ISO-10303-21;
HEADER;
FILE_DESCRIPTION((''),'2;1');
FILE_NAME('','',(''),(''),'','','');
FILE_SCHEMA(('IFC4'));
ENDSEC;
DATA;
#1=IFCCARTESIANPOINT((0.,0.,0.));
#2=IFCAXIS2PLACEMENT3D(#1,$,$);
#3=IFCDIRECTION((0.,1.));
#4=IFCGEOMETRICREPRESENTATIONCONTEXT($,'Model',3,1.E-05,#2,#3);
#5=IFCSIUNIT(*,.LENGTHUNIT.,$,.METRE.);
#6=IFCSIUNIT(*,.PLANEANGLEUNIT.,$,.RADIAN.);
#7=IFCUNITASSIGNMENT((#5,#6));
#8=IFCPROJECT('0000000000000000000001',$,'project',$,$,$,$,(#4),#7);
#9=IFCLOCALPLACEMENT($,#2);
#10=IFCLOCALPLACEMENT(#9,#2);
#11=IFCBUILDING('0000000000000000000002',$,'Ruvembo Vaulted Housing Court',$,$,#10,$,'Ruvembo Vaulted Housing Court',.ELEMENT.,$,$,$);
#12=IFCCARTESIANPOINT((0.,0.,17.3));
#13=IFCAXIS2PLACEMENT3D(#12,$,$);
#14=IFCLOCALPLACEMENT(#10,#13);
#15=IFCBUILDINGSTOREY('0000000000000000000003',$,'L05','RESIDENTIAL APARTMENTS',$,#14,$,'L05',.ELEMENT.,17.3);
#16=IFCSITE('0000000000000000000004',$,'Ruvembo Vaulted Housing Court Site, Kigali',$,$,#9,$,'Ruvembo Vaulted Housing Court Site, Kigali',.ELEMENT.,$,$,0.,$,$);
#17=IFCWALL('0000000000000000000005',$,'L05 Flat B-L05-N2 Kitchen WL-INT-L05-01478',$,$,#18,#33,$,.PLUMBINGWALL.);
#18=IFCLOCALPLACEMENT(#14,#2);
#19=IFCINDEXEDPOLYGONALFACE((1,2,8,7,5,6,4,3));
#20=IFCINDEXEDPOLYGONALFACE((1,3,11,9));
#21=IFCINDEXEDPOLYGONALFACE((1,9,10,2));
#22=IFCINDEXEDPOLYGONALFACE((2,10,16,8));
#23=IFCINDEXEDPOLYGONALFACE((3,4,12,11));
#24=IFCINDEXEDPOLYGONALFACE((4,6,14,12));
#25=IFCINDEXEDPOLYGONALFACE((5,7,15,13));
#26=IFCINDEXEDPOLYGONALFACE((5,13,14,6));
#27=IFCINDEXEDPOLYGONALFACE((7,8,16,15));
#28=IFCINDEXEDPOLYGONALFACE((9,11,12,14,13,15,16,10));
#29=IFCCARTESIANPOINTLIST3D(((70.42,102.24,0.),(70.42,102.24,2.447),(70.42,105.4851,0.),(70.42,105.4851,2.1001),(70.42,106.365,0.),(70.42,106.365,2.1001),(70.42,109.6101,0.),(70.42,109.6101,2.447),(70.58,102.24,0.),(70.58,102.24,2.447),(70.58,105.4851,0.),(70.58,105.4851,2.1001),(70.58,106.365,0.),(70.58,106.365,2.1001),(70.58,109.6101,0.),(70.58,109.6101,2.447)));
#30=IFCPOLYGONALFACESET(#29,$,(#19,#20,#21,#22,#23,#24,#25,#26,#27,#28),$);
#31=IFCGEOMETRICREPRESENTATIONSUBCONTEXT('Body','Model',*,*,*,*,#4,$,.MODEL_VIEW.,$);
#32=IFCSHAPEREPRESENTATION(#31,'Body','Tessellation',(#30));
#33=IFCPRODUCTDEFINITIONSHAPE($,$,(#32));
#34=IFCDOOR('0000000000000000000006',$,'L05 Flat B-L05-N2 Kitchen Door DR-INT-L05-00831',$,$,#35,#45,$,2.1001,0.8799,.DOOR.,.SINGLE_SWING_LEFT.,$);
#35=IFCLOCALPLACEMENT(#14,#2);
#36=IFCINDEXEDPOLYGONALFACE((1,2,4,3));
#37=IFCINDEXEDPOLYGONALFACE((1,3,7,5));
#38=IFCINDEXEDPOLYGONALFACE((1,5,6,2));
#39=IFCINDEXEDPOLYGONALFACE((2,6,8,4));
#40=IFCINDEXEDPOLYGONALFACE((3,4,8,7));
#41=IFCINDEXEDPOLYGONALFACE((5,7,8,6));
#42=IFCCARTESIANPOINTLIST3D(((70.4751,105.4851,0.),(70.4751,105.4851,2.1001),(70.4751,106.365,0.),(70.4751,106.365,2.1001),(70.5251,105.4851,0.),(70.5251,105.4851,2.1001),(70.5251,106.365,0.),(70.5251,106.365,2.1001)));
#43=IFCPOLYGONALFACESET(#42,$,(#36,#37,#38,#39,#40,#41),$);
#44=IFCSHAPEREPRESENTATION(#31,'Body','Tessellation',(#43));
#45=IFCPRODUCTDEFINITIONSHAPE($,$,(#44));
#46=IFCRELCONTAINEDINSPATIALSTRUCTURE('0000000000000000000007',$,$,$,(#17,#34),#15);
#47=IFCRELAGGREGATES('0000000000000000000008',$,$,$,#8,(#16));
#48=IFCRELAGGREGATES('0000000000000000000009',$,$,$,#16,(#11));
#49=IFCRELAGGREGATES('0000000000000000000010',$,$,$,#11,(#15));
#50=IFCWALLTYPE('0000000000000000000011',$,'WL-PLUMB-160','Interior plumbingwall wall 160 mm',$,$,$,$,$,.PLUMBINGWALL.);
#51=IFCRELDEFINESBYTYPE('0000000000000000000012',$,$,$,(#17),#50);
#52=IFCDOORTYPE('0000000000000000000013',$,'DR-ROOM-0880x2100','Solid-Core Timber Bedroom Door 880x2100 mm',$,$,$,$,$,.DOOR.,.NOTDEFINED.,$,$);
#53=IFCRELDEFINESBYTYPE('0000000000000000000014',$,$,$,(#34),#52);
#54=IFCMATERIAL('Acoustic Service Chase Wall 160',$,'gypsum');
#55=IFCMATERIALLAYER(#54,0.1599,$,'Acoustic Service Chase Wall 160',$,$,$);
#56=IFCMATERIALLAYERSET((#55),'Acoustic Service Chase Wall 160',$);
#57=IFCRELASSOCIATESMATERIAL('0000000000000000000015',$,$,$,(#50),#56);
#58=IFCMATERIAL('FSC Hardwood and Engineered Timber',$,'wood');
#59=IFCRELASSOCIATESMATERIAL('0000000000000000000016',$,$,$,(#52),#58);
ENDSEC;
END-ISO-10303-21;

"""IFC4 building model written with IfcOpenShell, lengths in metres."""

from ifc_helpers import new_model, si_unit, direction, frame, frame_2d, origin, place, context, subcontext, project, spatial, rectangle, extrude, material, layer, layer_set, type_object, element, fill, save


model = new_model("IFC4")

# Units and contexts
model_context = context("Model", 3, precision=1e-05, world=origin(), true_north=direction((0.0, 1.0)))
body_context = subcontext(model_context, "Body", "Model", "MODEL_VIEW")
ifc_project = project(units=[si_unit("LENGTHUNIT", "METRE"), si_unit("PLANEANGLEUNIT", "RADIAN")], contexts=[model_context])

# Site, building, storey
site_placement = place(None, origin())
site = spatial("IfcSite", under=ifc_project, at=site_placement, Name="Ruvembo Vaulted Housing Court Site, Kigali", LongName="Ruvembo Vaulted Housing Court Site, Kigali", CompositionType="ELEMENT", RefElevation=0.0)
building_placement = place(site_placement, origin())
building = spatial("IfcBuilding", under=site, at=building_placement, Name="Ruvembo Vaulted Housing Court", LongName="Ruvembo Vaulted Housing Court", CompositionType="ELEMENT")
storey_placement = place(building_placement, frame((0.0, 0.0, 17.3)))
storey = spatial("IfcBuildingStorey", under=building, at=storey_placement, Name="L05", Description="RESIDENTIAL APARTMENTS", LongName="L05", CompositionType="ELEMENT", Elevation=17.3)

# Shared definitions
ifc_material_1 = material(Name="FSC Hardwood and Engineered Timber", Category="wood")

# Wall, opening, door
ifc_material_2 = material(Name="Acoustic Service Chase Wall 160", Category="gypsum")
ifc_layer_1 = layer(ifc_material_2, 0.1599, Name="Acoustic Service Chase Wall 160")
ifc_layer_set_1 = layer_set([ifc_layer_1], Name="Acoustic Service Chase Wall 160")
wall_type_1 = type_object("IfcWallType", Name="WL-PLUMB-160", Description="Interior plumbingwall wall 160 mm", PredefinedType="PLUMBINGWALL", material=ifc_layer_set_1)
wall_1_placement = place(storey_placement, frame((70.5, 102.24, 0.0), z_axis=(0.0, 0.0, 1.0), x_axis=(0.0, 1.0, 0.0)))
wall_1 = element("IfcWall", 1, at=wall_1_placement, inside=storey, type_object=wall_type_1, Name="L05 Flat B-L05-N2 Kitchen WL-INT-L05-01478", PredefinedType="PLUMBINGWALL", context=body_context, shape_type="SweptSolid", body=[
    extrude(rectangle(XDim=7.3701, YDim=0.1599, at=frame_2d((3.6851, 0.0))), origin(), (0.0, 0.0, 1.0), 2.447),
])
opening_1_placement = place(wall_1_placement, frame((3.2451, 0.0, 0.0)))
opening_1 = element("IfcOpeningElement", 2, at=opening_1_placement, cuts=wall_1, PredefinedType="OPENING", context=body_context, shape_type="SweptSolid", body=[
    extrude(rectangle(XDim=0.8799, YDim=2.1001, at=frame_2d((0.4399, 1.05))), frame((0.0, 0.0898, 0.0), z_axis=(0.0, -1.0, 0.0), x_axis=(1.0, 0.0, 0.0)), (0.0, 0.0, 1.0), 0.1799),
])
door_type_1 = type_object("IfcDoorType", Name="DR-ROOM-0880x2100", Description="Solid-Core Timber Bedroom Door 880x2100 mm", OperationType="NOTDEFINED", PredefinedType="DOOR", material=ifc_material_1)
door_1_placement = place(opening_1_placement, origin())
door_1 = element("IfcDoor", 3, at=door_1_placement, inside=storey, type_object=door_type_1, Name="L05 Flat B-L05-N2 Kitchen Door DR-INT-L05-00831", OperationType="SINGLE_SWING_LEFT", OverallHeight=2.1001, OverallWidth=0.8799, PredefinedType="DOOR", context=body_context, shape_type="SweptSolid", body=[
    extrude(rectangle(XDim=0.8799, YDim=2.1001, at=frame_2d((0.4399, 1.05))), frame((0.0, 0.0249, 0.0), z_axis=(0.0, -1.0, 0.0), x_axis=(1.0, 0.0, 0.0)), (0.0, 0.0, 1.0), 0.05),
])
fill(opening_1, door_1)

save(model, "model.ifc")
